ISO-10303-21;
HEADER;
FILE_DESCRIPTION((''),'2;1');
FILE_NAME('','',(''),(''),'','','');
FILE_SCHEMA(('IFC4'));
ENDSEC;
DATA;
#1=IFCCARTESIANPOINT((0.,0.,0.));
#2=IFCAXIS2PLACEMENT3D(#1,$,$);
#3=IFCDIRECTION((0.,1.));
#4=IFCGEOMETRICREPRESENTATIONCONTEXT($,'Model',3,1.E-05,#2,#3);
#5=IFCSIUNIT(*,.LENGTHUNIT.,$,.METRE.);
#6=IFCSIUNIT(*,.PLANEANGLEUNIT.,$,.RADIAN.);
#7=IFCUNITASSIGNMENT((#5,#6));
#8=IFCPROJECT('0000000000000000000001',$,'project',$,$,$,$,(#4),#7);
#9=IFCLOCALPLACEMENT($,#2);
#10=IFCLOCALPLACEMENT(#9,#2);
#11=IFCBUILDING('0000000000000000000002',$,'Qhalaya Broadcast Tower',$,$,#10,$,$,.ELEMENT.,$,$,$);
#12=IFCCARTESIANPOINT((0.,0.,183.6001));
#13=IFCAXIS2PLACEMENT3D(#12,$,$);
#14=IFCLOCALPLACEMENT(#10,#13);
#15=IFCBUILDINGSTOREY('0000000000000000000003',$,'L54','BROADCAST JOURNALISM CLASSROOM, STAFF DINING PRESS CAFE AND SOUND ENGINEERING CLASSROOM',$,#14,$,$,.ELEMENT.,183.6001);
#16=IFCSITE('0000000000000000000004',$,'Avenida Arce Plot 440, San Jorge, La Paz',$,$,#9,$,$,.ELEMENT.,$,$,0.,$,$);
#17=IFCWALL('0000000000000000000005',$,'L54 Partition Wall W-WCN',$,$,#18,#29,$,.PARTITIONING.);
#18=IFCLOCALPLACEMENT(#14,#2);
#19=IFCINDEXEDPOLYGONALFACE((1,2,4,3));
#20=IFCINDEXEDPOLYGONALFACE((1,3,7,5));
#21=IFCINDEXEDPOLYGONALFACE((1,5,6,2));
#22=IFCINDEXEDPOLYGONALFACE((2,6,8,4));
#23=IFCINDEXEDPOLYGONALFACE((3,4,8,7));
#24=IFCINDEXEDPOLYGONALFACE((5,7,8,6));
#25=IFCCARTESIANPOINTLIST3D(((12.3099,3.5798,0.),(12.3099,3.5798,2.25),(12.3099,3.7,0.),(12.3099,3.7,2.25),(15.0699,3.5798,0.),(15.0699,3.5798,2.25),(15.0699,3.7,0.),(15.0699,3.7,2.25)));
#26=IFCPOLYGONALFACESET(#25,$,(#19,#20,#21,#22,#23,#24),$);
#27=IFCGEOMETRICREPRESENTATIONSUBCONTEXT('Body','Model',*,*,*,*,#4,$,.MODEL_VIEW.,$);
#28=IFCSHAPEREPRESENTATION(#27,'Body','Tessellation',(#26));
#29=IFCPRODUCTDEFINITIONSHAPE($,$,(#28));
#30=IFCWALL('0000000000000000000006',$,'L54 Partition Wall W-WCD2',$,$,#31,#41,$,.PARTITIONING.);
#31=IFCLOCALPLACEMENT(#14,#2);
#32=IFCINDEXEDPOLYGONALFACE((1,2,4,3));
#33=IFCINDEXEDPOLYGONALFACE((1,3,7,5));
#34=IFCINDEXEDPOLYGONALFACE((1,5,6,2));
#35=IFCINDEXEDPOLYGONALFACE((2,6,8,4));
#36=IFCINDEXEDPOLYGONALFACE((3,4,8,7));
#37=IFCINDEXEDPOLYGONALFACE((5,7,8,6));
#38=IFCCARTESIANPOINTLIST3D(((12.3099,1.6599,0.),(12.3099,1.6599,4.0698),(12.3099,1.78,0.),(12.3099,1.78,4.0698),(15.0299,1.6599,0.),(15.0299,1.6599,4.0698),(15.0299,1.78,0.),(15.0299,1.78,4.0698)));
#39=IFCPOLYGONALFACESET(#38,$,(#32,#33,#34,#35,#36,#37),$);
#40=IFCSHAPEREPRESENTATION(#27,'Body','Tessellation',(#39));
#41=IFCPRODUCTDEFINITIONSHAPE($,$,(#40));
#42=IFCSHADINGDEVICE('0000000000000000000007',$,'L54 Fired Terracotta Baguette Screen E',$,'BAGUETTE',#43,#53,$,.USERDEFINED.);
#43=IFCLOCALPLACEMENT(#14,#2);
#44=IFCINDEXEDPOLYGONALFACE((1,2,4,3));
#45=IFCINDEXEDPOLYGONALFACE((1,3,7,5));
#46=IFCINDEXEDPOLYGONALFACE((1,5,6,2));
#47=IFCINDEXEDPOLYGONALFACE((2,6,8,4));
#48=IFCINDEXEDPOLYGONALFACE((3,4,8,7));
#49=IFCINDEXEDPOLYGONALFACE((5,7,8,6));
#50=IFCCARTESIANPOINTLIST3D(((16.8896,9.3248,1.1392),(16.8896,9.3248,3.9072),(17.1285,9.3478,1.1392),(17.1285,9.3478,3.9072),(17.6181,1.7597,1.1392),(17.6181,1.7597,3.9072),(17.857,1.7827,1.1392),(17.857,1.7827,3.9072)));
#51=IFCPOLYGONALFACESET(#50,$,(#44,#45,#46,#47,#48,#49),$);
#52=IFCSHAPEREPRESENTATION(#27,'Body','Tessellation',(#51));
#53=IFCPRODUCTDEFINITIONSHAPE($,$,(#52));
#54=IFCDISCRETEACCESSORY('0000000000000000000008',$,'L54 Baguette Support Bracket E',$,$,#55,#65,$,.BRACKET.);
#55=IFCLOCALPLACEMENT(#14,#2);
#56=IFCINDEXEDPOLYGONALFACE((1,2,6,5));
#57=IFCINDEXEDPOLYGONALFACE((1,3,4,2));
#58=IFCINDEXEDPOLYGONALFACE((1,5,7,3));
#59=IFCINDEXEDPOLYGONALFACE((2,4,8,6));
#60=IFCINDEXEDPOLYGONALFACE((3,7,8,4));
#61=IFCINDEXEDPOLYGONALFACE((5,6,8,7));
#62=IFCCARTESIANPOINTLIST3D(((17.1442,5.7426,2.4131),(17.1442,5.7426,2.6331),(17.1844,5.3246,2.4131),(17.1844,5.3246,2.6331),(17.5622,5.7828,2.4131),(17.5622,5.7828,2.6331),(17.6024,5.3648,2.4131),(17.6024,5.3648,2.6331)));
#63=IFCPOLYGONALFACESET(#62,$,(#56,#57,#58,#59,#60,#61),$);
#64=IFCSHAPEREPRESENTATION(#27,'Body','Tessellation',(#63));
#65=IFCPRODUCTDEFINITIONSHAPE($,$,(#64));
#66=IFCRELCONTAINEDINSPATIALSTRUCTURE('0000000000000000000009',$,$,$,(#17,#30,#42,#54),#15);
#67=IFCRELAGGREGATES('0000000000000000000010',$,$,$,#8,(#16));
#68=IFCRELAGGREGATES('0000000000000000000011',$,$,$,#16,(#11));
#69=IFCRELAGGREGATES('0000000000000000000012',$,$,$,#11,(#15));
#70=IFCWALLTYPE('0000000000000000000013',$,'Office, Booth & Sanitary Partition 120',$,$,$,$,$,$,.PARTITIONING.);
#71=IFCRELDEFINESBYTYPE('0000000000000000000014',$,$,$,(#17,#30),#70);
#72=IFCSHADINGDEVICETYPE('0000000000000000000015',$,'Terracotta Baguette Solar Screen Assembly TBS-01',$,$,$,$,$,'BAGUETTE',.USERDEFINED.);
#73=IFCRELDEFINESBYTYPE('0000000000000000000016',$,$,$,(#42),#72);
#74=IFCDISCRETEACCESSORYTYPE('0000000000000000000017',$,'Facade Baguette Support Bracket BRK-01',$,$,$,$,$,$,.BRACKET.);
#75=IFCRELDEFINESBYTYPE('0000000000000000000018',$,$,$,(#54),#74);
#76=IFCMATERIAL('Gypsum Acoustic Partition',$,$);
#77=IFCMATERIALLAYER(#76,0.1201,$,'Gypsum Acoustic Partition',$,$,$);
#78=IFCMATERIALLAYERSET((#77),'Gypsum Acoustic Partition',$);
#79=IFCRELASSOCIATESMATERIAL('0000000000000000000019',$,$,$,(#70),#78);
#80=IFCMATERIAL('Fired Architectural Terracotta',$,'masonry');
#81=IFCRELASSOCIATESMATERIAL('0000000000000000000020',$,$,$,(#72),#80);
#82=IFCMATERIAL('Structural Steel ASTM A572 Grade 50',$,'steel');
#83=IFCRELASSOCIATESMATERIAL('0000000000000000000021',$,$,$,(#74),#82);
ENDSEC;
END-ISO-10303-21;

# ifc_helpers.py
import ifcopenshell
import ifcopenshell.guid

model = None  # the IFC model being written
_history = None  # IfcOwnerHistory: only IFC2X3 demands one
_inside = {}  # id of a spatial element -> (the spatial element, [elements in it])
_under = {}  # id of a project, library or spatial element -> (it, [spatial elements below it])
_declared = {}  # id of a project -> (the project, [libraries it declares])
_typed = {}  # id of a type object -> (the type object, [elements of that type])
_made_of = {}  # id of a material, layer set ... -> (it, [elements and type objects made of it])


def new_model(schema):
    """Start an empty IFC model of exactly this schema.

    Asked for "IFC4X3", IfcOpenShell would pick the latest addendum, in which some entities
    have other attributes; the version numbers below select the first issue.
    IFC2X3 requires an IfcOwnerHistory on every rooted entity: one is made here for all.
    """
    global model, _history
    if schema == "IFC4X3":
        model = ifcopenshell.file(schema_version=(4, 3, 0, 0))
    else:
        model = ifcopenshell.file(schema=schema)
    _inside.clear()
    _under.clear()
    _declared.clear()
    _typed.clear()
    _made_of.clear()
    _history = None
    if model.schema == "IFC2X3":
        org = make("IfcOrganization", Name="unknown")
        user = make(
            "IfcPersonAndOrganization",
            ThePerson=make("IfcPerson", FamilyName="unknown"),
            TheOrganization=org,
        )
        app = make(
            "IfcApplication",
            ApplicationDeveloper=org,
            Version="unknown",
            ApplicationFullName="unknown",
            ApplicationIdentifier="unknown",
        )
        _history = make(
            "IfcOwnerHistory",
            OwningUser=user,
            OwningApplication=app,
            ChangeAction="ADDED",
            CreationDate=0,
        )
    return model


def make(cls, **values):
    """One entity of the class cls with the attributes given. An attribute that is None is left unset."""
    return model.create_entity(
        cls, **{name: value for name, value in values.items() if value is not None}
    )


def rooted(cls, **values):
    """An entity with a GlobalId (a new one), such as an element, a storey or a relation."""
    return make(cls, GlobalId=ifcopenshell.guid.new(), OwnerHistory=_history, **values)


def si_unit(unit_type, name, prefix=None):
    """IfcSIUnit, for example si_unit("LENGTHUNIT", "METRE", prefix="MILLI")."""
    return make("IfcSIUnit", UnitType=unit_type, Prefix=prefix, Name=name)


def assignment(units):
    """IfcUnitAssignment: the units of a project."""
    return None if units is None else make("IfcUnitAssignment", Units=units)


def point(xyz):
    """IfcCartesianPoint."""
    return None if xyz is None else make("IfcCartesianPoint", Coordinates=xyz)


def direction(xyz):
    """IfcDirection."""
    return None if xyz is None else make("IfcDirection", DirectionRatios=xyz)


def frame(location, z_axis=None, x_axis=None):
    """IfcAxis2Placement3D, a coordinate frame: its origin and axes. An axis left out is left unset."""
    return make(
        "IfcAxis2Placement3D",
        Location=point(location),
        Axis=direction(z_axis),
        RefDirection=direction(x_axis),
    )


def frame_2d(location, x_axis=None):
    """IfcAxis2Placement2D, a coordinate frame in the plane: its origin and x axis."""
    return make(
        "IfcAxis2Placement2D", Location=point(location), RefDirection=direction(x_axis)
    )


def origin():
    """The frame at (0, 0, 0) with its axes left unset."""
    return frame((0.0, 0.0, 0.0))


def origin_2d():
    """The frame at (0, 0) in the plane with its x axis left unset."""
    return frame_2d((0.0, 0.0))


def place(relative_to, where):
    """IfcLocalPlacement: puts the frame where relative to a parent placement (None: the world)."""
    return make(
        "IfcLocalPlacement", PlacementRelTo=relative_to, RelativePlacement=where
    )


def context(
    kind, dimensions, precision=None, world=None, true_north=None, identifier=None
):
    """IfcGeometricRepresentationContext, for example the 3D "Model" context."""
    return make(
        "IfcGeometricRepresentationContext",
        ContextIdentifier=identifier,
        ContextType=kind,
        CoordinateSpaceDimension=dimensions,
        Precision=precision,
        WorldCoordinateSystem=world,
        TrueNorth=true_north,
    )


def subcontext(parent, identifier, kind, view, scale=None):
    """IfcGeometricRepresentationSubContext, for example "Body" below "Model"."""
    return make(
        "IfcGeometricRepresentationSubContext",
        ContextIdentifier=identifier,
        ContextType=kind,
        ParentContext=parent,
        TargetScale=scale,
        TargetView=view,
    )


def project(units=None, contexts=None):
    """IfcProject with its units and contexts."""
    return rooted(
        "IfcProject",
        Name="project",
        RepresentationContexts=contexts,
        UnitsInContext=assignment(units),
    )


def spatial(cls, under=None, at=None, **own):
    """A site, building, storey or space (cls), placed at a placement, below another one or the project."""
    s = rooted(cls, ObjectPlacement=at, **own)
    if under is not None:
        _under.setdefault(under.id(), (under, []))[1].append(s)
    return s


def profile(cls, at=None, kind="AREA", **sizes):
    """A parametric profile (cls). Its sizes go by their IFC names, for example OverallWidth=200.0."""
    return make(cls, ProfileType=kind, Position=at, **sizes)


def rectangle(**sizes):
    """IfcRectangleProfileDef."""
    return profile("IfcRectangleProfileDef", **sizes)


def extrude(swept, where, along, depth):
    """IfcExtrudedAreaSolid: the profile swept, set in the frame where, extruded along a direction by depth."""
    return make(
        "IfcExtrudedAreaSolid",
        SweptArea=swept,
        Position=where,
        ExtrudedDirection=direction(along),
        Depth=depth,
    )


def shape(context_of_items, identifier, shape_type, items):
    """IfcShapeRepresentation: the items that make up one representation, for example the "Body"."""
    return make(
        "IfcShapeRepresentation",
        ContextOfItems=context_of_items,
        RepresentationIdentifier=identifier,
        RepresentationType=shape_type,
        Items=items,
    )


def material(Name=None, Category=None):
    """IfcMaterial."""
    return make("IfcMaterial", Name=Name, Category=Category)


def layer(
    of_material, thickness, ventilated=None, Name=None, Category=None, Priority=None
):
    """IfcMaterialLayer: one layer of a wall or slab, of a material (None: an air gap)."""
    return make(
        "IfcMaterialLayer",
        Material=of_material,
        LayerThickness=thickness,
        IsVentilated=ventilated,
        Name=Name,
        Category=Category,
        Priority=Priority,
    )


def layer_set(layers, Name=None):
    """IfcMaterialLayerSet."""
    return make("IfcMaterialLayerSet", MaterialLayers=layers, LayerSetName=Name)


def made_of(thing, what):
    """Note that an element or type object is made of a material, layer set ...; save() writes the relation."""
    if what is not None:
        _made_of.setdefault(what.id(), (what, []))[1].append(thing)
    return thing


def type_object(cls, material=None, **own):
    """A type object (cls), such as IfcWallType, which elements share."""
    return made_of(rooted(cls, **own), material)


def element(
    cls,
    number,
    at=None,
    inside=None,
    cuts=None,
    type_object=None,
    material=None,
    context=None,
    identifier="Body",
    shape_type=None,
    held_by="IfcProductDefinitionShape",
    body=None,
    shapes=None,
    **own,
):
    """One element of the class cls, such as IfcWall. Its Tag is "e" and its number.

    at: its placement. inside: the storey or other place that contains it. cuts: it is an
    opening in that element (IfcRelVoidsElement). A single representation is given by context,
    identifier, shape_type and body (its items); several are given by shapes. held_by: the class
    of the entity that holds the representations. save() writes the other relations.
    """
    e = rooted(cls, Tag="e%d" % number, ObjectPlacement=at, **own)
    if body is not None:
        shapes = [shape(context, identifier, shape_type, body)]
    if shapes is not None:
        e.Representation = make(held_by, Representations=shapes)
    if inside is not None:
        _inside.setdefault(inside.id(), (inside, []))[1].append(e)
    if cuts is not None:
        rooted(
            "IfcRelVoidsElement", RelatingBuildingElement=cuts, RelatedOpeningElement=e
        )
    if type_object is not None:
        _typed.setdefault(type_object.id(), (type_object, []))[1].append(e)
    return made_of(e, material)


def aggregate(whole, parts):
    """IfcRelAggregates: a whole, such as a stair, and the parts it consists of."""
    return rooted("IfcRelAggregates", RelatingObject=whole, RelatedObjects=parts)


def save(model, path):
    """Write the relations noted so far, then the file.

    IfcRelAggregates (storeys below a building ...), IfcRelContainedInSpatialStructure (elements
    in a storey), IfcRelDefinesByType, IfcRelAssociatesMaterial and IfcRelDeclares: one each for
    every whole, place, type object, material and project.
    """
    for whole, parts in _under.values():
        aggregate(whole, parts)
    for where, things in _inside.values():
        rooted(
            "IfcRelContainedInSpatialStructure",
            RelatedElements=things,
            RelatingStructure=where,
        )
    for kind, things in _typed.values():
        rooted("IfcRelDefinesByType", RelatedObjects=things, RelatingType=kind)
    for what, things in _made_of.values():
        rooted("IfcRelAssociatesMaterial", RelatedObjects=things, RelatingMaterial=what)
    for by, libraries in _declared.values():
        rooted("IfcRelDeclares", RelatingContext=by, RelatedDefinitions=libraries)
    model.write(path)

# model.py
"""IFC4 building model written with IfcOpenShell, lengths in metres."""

from ifc_helpers import new_model, si_unit, direction, frame, frame_2d, origin, origin_2d, place, context, subcontext, project, spatial, rectangle, extrude, material, layer, layer_set, type_object, element, save


model = new_model("IFC4")

# Units and contexts
model_context = context("Model", 3, precision=1e-05, world=origin(), true_north=direction((0.0, 1.0)))
body_context = subcontext(model_context, "Body", "Model", "MODEL_VIEW")
ifc_project = project(units=[si_unit("LENGTHUNIT", "METRE"), si_unit("PLANEANGLEUNIT", "RADIAN")], contexts=[model_context])

# Site, building, storey
site_placement = place(None, origin())
site = spatial("IfcSite", under=ifc_project, at=site_placement, Name="Avenida Arce Plot 440, San Jorge, La Paz", CompositionType="ELEMENT", RefElevation=0.0)
building_placement = place(site_placement, origin())
building = spatial("IfcBuilding", under=site, at=building_placement, Name="Qhalaya Broadcast Tower", CompositionType="ELEMENT")
storey_placement = place(building_placement, frame((0.0, 0.0, 183.6001)))
storey = spatial("IfcBuildingStorey", under=building, at=storey_placement, Name="L54", Description="BROADCAST JOURNALISM CLASSROOM, STAFF DINING PRESS CAFE AND SOUND ENGINEERING CLASSROOM", CompositionType="ELEMENT", Elevation=183.6001)

# Shared definitions
ifc_material_1 = material(Name="Structural Steel ASTM A572 Grade 50", Category="steel")

# Shared definitions
ifc_material_2 = material(Name="Fired Architectural Terracotta", Category="masonry")

# Shared definitions
ifc_material_3 = material(Name="Gypsum Acoustic Partition")
ifc_layer_1 = layer(ifc_material_3, 0.1201, Name="Gypsum Acoustic Partition")
ifc_layer_set_1 = layer_set([ifc_layer_1], Name="Gypsum Acoustic Partition")
wall_type_1 = type_object("IfcWallType", Name="Office, Booth & Sanitary Partition 120", PredefinedType="PARTITIONING", material=ifc_layer_set_1)

# Walls
wall_1_placement = place(storey_placement, frame((12.3101, 3.6399, 0.0), z_axis=(0.0, 0.0, 1.0), x_axis=(1.0, 0.0, 0.0)))
element("IfcWall", 1, at=wall_1_placement, inside=storey, type_object=wall_type_1, Name="L54 Partition Wall W-WCN", PredefinedType="PARTITIONING", context=body_context, shape_type="SweptSolid", body=[
    extrude(rectangle(XDim=2.76, YDim=0.1201, at=frame_2d((1.3799, 0.0))), origin(), (0.0, 0.0, 1.0), 2.25),
])
wall_2_placement = place(storey_placement, frame((12.3101, 1.72, 0.0), z_axis=(0.0, 0.0, 1.0), x_axis=(1.0, 0.0, 0.0)))
element("IfcWall", 2, at=wall_2_placement, inside=storey, type_object=wall_type_1, Name="L54 Partition Wall W-WCD2", PredefinedType="PARTITIONING", context=body_context, shape_type="SweptSolid", body=[
    extrude(rectangle(XDim=2.72, YDim=0.1201, at=frame_2d((1.3599, 0.0))), origin(), (0.0, 0.0, 1.0), 4.0698),
])

# Shading device
shading_device_type = type_object("IfcShadingDeviceType", Name="Terracotta Baguette Solar Screen Assembly TBS-01", ElementType="BAGUETTE", PredefinedType="USERDEFINED", material=ifc_material_2)
shading_device_placement = place(storey_placement, frame((17.3733, 5.5537, 1.1392), z_axis=(0.0, 0.0, 1.0), x_axis=(-0.095846, 0.995396, 0.0)))
element("IfcShadingDevice", 3, at=shading_device_placement, inside=storey, type_object=shading_device_type, Name="L54 Fired Terracotta Baguette Screen E", ObjectType="BAGUETTE", PredefinedType="USERDEFINED", context=body_context, shape_type="SweptSolid", body=[
    extrude(rectangle(XDim=7.6001, YDim=0.24, at=origin_2d()), origin(), (0.0, 0.0, 1.0), 2.7681),
])

# Discrete accessory
discrete_accessory_type = type_object("IfcDiscreteAccessoryType", Name="Facade Baguette Support Bracket BRK-01", PredefinedType="BRACKET", material=ifc_material_1)
discrete_accessory_placement = place(storey_placement, frame((17.3733, 5.5537, 2.4131), z_axis=(0.0, 0.0, 1.0), x_axis=(-0.095846, 0.995396, 0.0)))
element("IfcDiscreteAccessory", 4, at=discrete_accessory_placement, inside=storey, type_object=discrete_accessory_type, Name="L54 Baguette Support Bracket E", PredefinedType="BRACKET", context=body_context, shape_type="SweptSolid", body=[
    extrude(rectangle(XDim=0.4199, YDim=0.4199, at=origin_2d()), origin(), (0.0, 0.0, 1.0), 0.22),
])

save(model, "model.ifc")
